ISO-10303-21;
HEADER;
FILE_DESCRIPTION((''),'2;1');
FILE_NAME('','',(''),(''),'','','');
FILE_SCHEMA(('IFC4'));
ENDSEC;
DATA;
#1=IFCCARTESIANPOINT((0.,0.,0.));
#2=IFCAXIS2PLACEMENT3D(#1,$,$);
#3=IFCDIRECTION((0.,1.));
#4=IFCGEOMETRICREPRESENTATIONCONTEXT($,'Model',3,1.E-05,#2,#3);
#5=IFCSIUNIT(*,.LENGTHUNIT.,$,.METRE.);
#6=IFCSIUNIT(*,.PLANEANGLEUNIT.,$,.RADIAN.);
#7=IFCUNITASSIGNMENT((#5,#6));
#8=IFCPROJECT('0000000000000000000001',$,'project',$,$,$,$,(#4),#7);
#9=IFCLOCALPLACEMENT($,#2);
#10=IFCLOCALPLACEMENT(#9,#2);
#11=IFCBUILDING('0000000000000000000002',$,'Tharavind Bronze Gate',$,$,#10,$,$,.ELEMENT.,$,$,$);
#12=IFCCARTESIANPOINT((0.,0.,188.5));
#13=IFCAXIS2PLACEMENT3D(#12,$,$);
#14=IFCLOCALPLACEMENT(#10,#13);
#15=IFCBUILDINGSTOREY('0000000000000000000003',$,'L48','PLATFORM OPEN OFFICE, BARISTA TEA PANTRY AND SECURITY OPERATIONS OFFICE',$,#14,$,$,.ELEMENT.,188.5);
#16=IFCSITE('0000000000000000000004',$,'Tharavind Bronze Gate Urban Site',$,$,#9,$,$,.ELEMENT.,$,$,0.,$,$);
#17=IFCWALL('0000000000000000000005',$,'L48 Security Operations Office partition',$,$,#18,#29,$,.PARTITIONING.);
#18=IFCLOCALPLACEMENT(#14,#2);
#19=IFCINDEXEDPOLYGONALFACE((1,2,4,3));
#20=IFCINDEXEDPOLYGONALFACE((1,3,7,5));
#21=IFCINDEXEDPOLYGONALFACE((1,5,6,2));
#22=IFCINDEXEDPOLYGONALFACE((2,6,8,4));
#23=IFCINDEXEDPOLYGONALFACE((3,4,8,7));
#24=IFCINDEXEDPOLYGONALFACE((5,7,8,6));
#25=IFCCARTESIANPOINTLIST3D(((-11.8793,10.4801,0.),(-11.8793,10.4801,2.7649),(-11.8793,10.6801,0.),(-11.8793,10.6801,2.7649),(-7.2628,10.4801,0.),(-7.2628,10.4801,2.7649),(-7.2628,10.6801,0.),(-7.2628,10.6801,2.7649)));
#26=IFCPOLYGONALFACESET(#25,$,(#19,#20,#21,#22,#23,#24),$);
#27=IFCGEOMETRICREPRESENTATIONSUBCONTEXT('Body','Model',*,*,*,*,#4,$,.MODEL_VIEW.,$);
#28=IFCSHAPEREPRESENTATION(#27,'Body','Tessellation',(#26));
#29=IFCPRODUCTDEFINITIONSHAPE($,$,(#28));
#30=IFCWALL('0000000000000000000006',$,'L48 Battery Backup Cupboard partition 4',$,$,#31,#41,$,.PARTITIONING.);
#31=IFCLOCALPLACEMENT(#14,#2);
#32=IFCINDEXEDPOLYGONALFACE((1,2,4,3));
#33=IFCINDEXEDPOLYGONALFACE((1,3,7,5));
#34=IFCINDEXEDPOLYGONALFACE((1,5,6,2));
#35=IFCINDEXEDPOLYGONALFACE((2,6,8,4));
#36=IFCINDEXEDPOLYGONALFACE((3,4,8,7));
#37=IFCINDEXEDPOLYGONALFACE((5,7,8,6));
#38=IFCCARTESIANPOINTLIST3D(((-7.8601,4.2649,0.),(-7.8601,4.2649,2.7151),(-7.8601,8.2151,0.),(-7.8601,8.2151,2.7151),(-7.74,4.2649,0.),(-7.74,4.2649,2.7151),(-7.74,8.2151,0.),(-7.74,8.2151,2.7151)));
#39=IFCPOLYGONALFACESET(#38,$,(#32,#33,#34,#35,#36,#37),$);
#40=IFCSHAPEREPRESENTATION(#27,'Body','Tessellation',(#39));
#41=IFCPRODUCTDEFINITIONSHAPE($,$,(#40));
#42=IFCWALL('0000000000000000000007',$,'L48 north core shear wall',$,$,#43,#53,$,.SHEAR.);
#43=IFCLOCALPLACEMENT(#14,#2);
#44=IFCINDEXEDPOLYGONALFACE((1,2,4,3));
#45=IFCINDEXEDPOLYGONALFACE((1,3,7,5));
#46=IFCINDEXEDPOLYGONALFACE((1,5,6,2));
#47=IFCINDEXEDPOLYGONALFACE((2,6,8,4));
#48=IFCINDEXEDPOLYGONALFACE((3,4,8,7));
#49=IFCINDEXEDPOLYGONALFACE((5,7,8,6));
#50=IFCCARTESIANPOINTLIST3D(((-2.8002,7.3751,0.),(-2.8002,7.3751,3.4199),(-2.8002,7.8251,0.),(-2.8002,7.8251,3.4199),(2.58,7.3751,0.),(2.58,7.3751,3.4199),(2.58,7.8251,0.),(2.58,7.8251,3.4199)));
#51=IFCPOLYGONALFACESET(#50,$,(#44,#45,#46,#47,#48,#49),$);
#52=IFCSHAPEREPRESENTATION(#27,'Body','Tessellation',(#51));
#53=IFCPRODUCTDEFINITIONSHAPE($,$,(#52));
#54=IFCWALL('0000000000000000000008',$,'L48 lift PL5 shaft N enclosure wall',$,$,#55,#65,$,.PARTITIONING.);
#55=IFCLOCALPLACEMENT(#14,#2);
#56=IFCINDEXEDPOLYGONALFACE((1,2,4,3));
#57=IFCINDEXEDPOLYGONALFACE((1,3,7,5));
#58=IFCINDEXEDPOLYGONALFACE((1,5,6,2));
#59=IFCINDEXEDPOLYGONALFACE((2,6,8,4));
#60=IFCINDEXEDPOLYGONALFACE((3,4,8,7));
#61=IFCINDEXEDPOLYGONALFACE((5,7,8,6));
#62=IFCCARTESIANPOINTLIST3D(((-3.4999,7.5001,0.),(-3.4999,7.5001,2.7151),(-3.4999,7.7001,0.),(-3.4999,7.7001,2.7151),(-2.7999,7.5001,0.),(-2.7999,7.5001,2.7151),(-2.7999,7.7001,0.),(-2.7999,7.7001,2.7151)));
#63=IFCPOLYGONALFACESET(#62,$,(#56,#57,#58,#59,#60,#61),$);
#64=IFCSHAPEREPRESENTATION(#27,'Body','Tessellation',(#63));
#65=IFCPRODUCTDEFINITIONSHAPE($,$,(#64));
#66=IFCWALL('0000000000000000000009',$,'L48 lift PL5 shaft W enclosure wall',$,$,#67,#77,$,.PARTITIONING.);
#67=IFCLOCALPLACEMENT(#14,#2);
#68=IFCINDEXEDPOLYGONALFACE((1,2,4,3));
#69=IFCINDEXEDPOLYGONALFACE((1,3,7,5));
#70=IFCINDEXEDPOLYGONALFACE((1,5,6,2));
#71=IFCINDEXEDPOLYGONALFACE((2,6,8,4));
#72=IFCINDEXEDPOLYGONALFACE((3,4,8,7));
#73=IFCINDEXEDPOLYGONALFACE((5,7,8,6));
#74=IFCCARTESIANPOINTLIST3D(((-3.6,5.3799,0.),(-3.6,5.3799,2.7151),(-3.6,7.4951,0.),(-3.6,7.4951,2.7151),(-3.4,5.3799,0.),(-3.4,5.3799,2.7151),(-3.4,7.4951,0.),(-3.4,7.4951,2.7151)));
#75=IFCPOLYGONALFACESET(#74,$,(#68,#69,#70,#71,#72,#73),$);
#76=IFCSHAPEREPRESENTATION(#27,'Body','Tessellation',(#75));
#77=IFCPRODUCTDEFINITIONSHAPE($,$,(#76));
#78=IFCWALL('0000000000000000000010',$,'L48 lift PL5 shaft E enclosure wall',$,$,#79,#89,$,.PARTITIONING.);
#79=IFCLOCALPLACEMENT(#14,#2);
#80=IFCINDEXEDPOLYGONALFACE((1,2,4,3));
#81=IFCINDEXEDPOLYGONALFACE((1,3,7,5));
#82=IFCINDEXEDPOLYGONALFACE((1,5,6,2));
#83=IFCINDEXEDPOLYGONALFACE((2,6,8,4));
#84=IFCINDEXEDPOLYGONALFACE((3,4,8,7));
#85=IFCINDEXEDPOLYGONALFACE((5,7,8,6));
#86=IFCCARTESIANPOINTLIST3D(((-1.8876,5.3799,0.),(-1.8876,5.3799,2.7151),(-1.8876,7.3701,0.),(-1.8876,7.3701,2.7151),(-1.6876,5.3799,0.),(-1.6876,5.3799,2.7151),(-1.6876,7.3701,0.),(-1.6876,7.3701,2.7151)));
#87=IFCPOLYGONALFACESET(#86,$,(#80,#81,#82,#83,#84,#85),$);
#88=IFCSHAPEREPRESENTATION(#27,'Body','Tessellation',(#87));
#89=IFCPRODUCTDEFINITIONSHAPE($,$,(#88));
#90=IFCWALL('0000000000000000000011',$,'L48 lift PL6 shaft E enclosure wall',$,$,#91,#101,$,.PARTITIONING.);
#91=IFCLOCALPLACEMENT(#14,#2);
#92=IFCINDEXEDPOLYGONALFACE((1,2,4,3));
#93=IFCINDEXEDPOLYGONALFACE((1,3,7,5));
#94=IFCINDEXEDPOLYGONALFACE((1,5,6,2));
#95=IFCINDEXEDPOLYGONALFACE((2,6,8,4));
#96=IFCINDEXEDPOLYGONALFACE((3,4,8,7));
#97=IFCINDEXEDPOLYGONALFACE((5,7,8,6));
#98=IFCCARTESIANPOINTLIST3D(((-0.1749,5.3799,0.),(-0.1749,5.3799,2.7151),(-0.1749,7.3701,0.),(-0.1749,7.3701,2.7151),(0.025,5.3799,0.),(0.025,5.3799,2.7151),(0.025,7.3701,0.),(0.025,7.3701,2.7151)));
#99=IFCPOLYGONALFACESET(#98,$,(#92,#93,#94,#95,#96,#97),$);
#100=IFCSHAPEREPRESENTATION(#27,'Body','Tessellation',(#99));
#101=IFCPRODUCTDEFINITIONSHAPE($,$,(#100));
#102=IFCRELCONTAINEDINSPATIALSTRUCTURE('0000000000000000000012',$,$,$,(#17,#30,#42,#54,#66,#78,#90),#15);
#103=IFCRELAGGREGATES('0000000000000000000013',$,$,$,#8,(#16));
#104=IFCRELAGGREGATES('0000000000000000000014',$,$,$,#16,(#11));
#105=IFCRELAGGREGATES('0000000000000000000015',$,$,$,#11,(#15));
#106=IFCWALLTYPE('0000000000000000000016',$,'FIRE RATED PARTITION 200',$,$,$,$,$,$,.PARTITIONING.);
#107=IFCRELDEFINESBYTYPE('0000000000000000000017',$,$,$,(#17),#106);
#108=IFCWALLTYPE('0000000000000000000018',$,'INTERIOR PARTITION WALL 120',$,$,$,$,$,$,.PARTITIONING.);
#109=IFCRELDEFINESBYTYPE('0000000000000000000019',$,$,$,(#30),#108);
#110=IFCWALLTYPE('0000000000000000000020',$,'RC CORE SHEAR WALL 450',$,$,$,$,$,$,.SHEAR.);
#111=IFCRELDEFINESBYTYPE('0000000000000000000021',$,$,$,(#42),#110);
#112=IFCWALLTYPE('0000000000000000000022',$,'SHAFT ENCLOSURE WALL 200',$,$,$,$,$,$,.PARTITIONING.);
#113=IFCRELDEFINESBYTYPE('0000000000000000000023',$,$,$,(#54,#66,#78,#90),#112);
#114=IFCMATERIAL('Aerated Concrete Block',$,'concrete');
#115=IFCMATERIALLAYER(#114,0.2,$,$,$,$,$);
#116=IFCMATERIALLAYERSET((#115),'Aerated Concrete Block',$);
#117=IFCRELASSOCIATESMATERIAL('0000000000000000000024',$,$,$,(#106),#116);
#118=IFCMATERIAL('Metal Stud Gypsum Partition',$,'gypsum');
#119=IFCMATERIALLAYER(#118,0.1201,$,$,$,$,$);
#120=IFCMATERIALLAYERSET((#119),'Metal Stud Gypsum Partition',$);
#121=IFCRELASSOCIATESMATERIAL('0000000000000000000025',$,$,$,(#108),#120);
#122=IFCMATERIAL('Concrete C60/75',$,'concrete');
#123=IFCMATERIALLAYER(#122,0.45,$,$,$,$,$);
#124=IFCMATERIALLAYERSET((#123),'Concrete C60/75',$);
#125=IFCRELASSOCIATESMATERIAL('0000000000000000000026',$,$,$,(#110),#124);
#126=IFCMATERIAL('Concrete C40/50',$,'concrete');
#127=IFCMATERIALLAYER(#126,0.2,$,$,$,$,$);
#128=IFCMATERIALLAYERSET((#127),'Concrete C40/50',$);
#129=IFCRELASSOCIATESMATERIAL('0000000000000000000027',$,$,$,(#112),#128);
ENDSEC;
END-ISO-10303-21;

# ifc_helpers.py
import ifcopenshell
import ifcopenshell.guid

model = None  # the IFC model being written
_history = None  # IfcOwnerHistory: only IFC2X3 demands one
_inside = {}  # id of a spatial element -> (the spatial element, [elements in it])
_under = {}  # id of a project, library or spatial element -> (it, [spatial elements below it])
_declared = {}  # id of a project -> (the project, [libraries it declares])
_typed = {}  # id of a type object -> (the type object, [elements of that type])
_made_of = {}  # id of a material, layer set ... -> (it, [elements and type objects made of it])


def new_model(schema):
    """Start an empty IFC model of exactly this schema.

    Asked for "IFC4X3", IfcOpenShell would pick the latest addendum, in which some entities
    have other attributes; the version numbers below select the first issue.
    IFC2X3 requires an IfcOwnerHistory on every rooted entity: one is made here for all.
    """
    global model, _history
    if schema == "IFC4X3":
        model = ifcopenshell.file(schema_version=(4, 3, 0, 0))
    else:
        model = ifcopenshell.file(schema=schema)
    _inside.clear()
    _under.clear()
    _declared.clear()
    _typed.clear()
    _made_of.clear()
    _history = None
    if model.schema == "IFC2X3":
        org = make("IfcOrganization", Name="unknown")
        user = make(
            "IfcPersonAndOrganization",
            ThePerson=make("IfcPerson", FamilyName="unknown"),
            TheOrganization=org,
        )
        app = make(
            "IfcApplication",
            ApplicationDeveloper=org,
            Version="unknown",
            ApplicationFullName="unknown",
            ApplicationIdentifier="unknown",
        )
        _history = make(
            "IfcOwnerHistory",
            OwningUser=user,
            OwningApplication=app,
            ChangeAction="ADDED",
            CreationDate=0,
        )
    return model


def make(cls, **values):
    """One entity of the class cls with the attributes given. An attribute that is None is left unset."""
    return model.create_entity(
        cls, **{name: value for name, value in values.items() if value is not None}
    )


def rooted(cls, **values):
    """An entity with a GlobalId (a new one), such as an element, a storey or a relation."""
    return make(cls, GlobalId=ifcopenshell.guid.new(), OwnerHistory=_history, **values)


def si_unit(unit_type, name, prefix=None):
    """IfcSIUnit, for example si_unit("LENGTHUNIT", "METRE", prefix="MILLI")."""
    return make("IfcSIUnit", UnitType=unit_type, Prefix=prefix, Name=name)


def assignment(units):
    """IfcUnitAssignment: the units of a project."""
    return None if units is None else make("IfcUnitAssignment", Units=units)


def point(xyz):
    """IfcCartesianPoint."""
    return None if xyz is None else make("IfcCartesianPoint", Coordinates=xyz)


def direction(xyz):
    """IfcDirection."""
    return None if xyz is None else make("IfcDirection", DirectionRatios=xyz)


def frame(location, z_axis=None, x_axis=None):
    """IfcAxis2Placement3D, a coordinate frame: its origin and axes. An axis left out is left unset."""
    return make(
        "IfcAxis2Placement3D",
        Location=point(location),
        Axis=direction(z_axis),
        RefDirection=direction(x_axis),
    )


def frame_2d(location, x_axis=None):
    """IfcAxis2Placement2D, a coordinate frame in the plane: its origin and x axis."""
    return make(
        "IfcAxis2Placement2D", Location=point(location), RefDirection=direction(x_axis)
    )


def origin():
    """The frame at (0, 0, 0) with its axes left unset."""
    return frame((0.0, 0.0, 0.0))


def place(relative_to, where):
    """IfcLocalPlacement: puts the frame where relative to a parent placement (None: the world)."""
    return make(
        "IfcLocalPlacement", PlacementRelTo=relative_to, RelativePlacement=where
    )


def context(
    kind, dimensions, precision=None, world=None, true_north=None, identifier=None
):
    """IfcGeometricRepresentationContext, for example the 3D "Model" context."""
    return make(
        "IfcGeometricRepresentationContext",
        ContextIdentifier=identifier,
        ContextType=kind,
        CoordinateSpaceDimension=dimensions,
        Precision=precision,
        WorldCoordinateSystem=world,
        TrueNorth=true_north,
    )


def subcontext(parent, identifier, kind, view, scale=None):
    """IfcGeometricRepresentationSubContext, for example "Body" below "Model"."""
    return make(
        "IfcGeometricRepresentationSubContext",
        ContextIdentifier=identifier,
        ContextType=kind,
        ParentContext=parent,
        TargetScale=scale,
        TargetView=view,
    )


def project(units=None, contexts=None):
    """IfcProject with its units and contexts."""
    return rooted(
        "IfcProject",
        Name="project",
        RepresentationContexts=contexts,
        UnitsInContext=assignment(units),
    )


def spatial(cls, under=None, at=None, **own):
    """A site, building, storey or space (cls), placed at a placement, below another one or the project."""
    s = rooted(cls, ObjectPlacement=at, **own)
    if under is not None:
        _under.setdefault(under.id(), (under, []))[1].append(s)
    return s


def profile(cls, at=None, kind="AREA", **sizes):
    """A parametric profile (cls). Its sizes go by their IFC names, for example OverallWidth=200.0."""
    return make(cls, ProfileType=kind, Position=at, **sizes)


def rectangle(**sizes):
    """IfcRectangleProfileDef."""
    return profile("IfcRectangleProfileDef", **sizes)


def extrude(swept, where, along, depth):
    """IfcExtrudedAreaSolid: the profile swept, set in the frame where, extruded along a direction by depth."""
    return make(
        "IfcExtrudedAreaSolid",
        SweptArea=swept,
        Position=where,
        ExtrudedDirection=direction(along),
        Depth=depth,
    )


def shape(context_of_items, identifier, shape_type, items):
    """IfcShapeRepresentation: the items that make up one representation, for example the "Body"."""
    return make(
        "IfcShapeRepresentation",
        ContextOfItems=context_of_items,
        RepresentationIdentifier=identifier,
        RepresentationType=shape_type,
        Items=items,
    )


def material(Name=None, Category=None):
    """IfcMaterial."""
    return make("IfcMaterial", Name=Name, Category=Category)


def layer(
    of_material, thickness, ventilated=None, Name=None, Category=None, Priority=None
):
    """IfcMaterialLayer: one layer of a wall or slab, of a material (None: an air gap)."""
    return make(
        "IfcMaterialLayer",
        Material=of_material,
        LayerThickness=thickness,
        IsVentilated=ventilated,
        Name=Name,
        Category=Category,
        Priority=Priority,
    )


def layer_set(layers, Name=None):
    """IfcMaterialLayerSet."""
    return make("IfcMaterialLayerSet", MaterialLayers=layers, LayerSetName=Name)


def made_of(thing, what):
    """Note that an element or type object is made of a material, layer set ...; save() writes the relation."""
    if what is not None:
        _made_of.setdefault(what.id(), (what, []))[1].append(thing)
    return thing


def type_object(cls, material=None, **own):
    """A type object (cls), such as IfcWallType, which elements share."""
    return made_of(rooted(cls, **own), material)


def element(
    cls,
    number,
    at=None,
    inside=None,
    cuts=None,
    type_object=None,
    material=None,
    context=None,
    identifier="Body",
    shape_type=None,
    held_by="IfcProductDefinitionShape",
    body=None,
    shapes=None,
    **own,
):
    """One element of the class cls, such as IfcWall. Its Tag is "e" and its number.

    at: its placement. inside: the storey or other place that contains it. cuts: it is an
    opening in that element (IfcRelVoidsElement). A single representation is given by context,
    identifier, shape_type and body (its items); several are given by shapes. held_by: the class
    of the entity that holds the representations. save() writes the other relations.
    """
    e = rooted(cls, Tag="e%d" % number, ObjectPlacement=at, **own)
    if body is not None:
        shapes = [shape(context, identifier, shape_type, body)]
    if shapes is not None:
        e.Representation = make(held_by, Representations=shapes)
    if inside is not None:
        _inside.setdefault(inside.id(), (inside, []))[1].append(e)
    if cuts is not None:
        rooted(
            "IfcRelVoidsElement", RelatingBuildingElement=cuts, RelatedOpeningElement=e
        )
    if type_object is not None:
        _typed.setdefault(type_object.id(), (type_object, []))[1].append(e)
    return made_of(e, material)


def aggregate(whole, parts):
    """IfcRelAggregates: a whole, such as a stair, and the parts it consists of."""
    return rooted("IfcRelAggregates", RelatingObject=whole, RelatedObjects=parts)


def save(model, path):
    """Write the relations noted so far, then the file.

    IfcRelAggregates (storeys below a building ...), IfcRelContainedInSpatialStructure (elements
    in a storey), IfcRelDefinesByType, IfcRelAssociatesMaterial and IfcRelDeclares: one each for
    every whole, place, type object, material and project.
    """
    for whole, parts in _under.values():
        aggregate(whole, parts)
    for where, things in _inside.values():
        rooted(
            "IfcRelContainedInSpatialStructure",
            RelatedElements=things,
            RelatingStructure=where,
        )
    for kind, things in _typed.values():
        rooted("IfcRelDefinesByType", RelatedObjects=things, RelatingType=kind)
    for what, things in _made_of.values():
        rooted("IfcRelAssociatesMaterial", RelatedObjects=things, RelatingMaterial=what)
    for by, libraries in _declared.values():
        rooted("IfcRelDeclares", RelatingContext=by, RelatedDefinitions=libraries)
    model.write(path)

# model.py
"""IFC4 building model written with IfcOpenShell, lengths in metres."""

from ifc_helpers import new_model, si_unit, direction, frame, frame_2d, origin, place, context, subcontext, project, spatial, rectangle, extrude, material, layer, layer_set, type_object, element, save


model = new_model("IFC4")

# Units and contexts
model_context = context("Model", 3, precision=1e-05, world=origin(), true_north=direction((0.0, 1.0)))
body_context = subcontext(model_context, "Body", "Model", "MODEL_VIEW")
ifc_project = project(units=[si_unit("LENGTHUNIT", "METRE"), si_unit("PLANEANGLEUNIT", "RADIAN")], contexts=[model_context])

# Site, building, storey
site_placement = place(None, origin())
site = spatial("IfcSite", under=ifc_project, at=site_placement, Name="Tharavind Bronze Gate Urban Site", CompositionType="ELEMENT", RefElevation=0.0)
building_placement = place(site_placement, origin())
building = spatial("IfcBuilding", under=site, at=building_placement, Name="Tharavind Bronze Gate", CompositionType="ELEMENT")
storey_placement = place(building_placement, frame((0.0, 0.0, 188.5)))
storey = spatial("IfcBuildingStorey", under=building, at=storey_placement, Name="L48", Description="PLATFORM OPEN OFFICE, BARISTA TEA PANTRY AND SECURITY OPERATIONS OFFICE", CompositionType="ELEMENT", Elevation=188.5)

# Shared definitions
ifc_material_1 = material(Name="Aerated Concrete Block", Category="concrete")
ifc_layer_1 = layer(ifc_material_1, 0.2)
ifc_layer_set_1 = layer_set([ifc_layer_1], Name="Aerated Concrete Block")
wall_type_1 = type_object("IfcWallType", Name="FIRE RATED PARTITION 200", PredefinedType="PARTITIONING", material=ifc_layer_set_1)

# Walls
wall_1_placement = place(storey_placement, frame((-7.2629, 10.5801, 0.0), z_axis=(0.0, 0.0, 1.0), x_axis=(-1.0, 0.0, 0.0)))
element("IfcWall", 1, at=wall_1_placement, inside=storey, type_object=wall_type_1, Name="L48 Security Operations Office partition", PredefinedType="PARTITIONING", context=body_context, shape_type="SweptSolid", body=[
    extrude(rectangle(XDim=4.6165, YDim=0.2, at=frame_2d((2.3081, 0.0))), origin(), (0.0, 0.0, 1.0), 2.7649),
])
ifc_material_2 = material(Name="Metal Stud Gypsum Partition", Category="gypsum")
ifc_layer_2 = layer(ifc_material_2, 0.1201)
ifc_layer_set_2 = layer_set([ifc_layer_2], Name="Metal Stud Gypsum Partition")
wall_type_2 = type_object("IfcWallType", Name="INTERIOR PARTITION WALL 120", PredefinedType="PARTITIONING", material=ifc_layer_set_2)
wall_2_placement = place(storey_placement, frame((-7.8, 8.2151, 0.0), z_axis=(0.0, 0.0, 1.0), x_axis=(0.0, -1.0, 0.0)))
element("IfcWall", 2, at=wall_2_placement, inside=storey, type_object=wall_type_2, Name="L48 Battery Backup Cupboard partition 4", PredefinedType="PARTITIONING", context=body_context, shape_type="SweptSolid", body=[
    extrude(rectangle(XDim=3.9502, YDim=0.1201, at=frame_2d((1.9751, 0.0))), origin(), (0.0, 0.0, 1.0), 2.7151),
])
ifc_material_3 = material(Name="Concrete C60/75", Category="concrete")
ifc_layer_3 = layer(ifc_material_3, 0.45)
ifc_layer_set_3 = layer_set([ifc_layer_3], Name="Concrete C60/75")
wall_type_3 = type_object("IfcWallType", Name="RC CORE SHEAR WALL 450", PredefinedType="SHEAR", material=ifc_layer_set_3)
wall_3_placement = place(storey_placement, frame((-2.8, 7.6001, 0.0), z_axis=(0.0, 0.0, 1.0), x_axis=(1.0, 0.0, 0.0)))
element("IfcWall", 3, at=wall_3_placement, inside=storey, type_object=wall_type_3, Name="L48 north core shear wall", PredefinedType="SHEAR", context=body_context, shape_type="SweptSolid", body=[
    extrude(rectangle(XDim=5.3801, YDim=0.45, at=frame_2d((2.6899, 0.0))), origin(), (0.0, 0.0, 1.0), 3.4199),
])
ifc_material_4 = material(Name="Concrete C40/50", Category="concrete")
ifc_layer_4 = layer(ifc_material_4, 0.2)
ifc_layer_set_4 = layer_set([ifc_layer_4], Name="Concrete C40/50")
wall_type_4 = type_object("IfcWallType", Name="SHAFT ENCLOSURE WALL 200", PredefinedType="PARTITIONING", material=ifc_layer_set_4)
wall_4_placement = place(storey_placement, frame((-3.5, 7.6001, 0.0), z_axis=(0.0, 0.0, 1.0), x_axis=(1.0, 0.0, 0.0)))
element("IfcWall", 4, at=wall_4_placement, inside=storey, type_object=wall_type_4, Name="L48 lift PL5 shaft N enclosure wall", PredefinedType="PARTITIONING", context=body_context, shape_type="SweptSolid", body=[
    extrude(rectangle(XDim=0.7, YDim=0.2, at=frame_2d((0.3501, 0.0))), origin(), (0.0, 0.0, 1.0), 2.7151),
])
wall_5_placement = place(storey_placement, frame((-3.5, 5.3799, 0.0), z_axis=(0.0, 0.0, 1.0), x_axis=(0.0, 1.0, 0.0)))
element("IfcWall", 5, at=wall_5_placement, inside=storey, type_object=wall_type_4, Name="L48 lift PL5 shaft W enclosure wall", PredefinedType="PARTITIONING", context=body_context, shape_type="SweptSolid", body=[
    extrude(rectangle(XDim=2.1152, YDim=0.2, at=frame_2d((1.0576, 0.0))), origin(), (0.0, 0.0, 1.0), 2.7151),
])
for number, where, z_axis, x_axis, name in (
    (6, (-1.7876, 5.3799, 0.0), (0.0, 0.0, 1.0), (0.0, 1.0, 0.0), "L48 lift PL5 shaft E enclosure wall"),
    (7, (-0.075, 5.3799, 0.0), (0.0, 0.0, 1.0), (0.0, 1.0, 0.0), "L48 lift PL6 shaft E enclosure wall"),
):
    element("IfcWall", number, at=place(storey_placement, frame(where, z_axis=z_axis, x_axis=x_axis)), inside=storey, type_object=wall_type_4, Name=name, PredefinedType="PARTITIONING", context=body_context, shape_type="SweptSolid", body=[
        extrude(rectangle(XDim=1.9902, YDim=0.2, at=frame_2d((0.9951, 0.0))), origin(), (0.0, 0.0, 1.0), 2.7151),
    ])

save(model, "model.ifc")
